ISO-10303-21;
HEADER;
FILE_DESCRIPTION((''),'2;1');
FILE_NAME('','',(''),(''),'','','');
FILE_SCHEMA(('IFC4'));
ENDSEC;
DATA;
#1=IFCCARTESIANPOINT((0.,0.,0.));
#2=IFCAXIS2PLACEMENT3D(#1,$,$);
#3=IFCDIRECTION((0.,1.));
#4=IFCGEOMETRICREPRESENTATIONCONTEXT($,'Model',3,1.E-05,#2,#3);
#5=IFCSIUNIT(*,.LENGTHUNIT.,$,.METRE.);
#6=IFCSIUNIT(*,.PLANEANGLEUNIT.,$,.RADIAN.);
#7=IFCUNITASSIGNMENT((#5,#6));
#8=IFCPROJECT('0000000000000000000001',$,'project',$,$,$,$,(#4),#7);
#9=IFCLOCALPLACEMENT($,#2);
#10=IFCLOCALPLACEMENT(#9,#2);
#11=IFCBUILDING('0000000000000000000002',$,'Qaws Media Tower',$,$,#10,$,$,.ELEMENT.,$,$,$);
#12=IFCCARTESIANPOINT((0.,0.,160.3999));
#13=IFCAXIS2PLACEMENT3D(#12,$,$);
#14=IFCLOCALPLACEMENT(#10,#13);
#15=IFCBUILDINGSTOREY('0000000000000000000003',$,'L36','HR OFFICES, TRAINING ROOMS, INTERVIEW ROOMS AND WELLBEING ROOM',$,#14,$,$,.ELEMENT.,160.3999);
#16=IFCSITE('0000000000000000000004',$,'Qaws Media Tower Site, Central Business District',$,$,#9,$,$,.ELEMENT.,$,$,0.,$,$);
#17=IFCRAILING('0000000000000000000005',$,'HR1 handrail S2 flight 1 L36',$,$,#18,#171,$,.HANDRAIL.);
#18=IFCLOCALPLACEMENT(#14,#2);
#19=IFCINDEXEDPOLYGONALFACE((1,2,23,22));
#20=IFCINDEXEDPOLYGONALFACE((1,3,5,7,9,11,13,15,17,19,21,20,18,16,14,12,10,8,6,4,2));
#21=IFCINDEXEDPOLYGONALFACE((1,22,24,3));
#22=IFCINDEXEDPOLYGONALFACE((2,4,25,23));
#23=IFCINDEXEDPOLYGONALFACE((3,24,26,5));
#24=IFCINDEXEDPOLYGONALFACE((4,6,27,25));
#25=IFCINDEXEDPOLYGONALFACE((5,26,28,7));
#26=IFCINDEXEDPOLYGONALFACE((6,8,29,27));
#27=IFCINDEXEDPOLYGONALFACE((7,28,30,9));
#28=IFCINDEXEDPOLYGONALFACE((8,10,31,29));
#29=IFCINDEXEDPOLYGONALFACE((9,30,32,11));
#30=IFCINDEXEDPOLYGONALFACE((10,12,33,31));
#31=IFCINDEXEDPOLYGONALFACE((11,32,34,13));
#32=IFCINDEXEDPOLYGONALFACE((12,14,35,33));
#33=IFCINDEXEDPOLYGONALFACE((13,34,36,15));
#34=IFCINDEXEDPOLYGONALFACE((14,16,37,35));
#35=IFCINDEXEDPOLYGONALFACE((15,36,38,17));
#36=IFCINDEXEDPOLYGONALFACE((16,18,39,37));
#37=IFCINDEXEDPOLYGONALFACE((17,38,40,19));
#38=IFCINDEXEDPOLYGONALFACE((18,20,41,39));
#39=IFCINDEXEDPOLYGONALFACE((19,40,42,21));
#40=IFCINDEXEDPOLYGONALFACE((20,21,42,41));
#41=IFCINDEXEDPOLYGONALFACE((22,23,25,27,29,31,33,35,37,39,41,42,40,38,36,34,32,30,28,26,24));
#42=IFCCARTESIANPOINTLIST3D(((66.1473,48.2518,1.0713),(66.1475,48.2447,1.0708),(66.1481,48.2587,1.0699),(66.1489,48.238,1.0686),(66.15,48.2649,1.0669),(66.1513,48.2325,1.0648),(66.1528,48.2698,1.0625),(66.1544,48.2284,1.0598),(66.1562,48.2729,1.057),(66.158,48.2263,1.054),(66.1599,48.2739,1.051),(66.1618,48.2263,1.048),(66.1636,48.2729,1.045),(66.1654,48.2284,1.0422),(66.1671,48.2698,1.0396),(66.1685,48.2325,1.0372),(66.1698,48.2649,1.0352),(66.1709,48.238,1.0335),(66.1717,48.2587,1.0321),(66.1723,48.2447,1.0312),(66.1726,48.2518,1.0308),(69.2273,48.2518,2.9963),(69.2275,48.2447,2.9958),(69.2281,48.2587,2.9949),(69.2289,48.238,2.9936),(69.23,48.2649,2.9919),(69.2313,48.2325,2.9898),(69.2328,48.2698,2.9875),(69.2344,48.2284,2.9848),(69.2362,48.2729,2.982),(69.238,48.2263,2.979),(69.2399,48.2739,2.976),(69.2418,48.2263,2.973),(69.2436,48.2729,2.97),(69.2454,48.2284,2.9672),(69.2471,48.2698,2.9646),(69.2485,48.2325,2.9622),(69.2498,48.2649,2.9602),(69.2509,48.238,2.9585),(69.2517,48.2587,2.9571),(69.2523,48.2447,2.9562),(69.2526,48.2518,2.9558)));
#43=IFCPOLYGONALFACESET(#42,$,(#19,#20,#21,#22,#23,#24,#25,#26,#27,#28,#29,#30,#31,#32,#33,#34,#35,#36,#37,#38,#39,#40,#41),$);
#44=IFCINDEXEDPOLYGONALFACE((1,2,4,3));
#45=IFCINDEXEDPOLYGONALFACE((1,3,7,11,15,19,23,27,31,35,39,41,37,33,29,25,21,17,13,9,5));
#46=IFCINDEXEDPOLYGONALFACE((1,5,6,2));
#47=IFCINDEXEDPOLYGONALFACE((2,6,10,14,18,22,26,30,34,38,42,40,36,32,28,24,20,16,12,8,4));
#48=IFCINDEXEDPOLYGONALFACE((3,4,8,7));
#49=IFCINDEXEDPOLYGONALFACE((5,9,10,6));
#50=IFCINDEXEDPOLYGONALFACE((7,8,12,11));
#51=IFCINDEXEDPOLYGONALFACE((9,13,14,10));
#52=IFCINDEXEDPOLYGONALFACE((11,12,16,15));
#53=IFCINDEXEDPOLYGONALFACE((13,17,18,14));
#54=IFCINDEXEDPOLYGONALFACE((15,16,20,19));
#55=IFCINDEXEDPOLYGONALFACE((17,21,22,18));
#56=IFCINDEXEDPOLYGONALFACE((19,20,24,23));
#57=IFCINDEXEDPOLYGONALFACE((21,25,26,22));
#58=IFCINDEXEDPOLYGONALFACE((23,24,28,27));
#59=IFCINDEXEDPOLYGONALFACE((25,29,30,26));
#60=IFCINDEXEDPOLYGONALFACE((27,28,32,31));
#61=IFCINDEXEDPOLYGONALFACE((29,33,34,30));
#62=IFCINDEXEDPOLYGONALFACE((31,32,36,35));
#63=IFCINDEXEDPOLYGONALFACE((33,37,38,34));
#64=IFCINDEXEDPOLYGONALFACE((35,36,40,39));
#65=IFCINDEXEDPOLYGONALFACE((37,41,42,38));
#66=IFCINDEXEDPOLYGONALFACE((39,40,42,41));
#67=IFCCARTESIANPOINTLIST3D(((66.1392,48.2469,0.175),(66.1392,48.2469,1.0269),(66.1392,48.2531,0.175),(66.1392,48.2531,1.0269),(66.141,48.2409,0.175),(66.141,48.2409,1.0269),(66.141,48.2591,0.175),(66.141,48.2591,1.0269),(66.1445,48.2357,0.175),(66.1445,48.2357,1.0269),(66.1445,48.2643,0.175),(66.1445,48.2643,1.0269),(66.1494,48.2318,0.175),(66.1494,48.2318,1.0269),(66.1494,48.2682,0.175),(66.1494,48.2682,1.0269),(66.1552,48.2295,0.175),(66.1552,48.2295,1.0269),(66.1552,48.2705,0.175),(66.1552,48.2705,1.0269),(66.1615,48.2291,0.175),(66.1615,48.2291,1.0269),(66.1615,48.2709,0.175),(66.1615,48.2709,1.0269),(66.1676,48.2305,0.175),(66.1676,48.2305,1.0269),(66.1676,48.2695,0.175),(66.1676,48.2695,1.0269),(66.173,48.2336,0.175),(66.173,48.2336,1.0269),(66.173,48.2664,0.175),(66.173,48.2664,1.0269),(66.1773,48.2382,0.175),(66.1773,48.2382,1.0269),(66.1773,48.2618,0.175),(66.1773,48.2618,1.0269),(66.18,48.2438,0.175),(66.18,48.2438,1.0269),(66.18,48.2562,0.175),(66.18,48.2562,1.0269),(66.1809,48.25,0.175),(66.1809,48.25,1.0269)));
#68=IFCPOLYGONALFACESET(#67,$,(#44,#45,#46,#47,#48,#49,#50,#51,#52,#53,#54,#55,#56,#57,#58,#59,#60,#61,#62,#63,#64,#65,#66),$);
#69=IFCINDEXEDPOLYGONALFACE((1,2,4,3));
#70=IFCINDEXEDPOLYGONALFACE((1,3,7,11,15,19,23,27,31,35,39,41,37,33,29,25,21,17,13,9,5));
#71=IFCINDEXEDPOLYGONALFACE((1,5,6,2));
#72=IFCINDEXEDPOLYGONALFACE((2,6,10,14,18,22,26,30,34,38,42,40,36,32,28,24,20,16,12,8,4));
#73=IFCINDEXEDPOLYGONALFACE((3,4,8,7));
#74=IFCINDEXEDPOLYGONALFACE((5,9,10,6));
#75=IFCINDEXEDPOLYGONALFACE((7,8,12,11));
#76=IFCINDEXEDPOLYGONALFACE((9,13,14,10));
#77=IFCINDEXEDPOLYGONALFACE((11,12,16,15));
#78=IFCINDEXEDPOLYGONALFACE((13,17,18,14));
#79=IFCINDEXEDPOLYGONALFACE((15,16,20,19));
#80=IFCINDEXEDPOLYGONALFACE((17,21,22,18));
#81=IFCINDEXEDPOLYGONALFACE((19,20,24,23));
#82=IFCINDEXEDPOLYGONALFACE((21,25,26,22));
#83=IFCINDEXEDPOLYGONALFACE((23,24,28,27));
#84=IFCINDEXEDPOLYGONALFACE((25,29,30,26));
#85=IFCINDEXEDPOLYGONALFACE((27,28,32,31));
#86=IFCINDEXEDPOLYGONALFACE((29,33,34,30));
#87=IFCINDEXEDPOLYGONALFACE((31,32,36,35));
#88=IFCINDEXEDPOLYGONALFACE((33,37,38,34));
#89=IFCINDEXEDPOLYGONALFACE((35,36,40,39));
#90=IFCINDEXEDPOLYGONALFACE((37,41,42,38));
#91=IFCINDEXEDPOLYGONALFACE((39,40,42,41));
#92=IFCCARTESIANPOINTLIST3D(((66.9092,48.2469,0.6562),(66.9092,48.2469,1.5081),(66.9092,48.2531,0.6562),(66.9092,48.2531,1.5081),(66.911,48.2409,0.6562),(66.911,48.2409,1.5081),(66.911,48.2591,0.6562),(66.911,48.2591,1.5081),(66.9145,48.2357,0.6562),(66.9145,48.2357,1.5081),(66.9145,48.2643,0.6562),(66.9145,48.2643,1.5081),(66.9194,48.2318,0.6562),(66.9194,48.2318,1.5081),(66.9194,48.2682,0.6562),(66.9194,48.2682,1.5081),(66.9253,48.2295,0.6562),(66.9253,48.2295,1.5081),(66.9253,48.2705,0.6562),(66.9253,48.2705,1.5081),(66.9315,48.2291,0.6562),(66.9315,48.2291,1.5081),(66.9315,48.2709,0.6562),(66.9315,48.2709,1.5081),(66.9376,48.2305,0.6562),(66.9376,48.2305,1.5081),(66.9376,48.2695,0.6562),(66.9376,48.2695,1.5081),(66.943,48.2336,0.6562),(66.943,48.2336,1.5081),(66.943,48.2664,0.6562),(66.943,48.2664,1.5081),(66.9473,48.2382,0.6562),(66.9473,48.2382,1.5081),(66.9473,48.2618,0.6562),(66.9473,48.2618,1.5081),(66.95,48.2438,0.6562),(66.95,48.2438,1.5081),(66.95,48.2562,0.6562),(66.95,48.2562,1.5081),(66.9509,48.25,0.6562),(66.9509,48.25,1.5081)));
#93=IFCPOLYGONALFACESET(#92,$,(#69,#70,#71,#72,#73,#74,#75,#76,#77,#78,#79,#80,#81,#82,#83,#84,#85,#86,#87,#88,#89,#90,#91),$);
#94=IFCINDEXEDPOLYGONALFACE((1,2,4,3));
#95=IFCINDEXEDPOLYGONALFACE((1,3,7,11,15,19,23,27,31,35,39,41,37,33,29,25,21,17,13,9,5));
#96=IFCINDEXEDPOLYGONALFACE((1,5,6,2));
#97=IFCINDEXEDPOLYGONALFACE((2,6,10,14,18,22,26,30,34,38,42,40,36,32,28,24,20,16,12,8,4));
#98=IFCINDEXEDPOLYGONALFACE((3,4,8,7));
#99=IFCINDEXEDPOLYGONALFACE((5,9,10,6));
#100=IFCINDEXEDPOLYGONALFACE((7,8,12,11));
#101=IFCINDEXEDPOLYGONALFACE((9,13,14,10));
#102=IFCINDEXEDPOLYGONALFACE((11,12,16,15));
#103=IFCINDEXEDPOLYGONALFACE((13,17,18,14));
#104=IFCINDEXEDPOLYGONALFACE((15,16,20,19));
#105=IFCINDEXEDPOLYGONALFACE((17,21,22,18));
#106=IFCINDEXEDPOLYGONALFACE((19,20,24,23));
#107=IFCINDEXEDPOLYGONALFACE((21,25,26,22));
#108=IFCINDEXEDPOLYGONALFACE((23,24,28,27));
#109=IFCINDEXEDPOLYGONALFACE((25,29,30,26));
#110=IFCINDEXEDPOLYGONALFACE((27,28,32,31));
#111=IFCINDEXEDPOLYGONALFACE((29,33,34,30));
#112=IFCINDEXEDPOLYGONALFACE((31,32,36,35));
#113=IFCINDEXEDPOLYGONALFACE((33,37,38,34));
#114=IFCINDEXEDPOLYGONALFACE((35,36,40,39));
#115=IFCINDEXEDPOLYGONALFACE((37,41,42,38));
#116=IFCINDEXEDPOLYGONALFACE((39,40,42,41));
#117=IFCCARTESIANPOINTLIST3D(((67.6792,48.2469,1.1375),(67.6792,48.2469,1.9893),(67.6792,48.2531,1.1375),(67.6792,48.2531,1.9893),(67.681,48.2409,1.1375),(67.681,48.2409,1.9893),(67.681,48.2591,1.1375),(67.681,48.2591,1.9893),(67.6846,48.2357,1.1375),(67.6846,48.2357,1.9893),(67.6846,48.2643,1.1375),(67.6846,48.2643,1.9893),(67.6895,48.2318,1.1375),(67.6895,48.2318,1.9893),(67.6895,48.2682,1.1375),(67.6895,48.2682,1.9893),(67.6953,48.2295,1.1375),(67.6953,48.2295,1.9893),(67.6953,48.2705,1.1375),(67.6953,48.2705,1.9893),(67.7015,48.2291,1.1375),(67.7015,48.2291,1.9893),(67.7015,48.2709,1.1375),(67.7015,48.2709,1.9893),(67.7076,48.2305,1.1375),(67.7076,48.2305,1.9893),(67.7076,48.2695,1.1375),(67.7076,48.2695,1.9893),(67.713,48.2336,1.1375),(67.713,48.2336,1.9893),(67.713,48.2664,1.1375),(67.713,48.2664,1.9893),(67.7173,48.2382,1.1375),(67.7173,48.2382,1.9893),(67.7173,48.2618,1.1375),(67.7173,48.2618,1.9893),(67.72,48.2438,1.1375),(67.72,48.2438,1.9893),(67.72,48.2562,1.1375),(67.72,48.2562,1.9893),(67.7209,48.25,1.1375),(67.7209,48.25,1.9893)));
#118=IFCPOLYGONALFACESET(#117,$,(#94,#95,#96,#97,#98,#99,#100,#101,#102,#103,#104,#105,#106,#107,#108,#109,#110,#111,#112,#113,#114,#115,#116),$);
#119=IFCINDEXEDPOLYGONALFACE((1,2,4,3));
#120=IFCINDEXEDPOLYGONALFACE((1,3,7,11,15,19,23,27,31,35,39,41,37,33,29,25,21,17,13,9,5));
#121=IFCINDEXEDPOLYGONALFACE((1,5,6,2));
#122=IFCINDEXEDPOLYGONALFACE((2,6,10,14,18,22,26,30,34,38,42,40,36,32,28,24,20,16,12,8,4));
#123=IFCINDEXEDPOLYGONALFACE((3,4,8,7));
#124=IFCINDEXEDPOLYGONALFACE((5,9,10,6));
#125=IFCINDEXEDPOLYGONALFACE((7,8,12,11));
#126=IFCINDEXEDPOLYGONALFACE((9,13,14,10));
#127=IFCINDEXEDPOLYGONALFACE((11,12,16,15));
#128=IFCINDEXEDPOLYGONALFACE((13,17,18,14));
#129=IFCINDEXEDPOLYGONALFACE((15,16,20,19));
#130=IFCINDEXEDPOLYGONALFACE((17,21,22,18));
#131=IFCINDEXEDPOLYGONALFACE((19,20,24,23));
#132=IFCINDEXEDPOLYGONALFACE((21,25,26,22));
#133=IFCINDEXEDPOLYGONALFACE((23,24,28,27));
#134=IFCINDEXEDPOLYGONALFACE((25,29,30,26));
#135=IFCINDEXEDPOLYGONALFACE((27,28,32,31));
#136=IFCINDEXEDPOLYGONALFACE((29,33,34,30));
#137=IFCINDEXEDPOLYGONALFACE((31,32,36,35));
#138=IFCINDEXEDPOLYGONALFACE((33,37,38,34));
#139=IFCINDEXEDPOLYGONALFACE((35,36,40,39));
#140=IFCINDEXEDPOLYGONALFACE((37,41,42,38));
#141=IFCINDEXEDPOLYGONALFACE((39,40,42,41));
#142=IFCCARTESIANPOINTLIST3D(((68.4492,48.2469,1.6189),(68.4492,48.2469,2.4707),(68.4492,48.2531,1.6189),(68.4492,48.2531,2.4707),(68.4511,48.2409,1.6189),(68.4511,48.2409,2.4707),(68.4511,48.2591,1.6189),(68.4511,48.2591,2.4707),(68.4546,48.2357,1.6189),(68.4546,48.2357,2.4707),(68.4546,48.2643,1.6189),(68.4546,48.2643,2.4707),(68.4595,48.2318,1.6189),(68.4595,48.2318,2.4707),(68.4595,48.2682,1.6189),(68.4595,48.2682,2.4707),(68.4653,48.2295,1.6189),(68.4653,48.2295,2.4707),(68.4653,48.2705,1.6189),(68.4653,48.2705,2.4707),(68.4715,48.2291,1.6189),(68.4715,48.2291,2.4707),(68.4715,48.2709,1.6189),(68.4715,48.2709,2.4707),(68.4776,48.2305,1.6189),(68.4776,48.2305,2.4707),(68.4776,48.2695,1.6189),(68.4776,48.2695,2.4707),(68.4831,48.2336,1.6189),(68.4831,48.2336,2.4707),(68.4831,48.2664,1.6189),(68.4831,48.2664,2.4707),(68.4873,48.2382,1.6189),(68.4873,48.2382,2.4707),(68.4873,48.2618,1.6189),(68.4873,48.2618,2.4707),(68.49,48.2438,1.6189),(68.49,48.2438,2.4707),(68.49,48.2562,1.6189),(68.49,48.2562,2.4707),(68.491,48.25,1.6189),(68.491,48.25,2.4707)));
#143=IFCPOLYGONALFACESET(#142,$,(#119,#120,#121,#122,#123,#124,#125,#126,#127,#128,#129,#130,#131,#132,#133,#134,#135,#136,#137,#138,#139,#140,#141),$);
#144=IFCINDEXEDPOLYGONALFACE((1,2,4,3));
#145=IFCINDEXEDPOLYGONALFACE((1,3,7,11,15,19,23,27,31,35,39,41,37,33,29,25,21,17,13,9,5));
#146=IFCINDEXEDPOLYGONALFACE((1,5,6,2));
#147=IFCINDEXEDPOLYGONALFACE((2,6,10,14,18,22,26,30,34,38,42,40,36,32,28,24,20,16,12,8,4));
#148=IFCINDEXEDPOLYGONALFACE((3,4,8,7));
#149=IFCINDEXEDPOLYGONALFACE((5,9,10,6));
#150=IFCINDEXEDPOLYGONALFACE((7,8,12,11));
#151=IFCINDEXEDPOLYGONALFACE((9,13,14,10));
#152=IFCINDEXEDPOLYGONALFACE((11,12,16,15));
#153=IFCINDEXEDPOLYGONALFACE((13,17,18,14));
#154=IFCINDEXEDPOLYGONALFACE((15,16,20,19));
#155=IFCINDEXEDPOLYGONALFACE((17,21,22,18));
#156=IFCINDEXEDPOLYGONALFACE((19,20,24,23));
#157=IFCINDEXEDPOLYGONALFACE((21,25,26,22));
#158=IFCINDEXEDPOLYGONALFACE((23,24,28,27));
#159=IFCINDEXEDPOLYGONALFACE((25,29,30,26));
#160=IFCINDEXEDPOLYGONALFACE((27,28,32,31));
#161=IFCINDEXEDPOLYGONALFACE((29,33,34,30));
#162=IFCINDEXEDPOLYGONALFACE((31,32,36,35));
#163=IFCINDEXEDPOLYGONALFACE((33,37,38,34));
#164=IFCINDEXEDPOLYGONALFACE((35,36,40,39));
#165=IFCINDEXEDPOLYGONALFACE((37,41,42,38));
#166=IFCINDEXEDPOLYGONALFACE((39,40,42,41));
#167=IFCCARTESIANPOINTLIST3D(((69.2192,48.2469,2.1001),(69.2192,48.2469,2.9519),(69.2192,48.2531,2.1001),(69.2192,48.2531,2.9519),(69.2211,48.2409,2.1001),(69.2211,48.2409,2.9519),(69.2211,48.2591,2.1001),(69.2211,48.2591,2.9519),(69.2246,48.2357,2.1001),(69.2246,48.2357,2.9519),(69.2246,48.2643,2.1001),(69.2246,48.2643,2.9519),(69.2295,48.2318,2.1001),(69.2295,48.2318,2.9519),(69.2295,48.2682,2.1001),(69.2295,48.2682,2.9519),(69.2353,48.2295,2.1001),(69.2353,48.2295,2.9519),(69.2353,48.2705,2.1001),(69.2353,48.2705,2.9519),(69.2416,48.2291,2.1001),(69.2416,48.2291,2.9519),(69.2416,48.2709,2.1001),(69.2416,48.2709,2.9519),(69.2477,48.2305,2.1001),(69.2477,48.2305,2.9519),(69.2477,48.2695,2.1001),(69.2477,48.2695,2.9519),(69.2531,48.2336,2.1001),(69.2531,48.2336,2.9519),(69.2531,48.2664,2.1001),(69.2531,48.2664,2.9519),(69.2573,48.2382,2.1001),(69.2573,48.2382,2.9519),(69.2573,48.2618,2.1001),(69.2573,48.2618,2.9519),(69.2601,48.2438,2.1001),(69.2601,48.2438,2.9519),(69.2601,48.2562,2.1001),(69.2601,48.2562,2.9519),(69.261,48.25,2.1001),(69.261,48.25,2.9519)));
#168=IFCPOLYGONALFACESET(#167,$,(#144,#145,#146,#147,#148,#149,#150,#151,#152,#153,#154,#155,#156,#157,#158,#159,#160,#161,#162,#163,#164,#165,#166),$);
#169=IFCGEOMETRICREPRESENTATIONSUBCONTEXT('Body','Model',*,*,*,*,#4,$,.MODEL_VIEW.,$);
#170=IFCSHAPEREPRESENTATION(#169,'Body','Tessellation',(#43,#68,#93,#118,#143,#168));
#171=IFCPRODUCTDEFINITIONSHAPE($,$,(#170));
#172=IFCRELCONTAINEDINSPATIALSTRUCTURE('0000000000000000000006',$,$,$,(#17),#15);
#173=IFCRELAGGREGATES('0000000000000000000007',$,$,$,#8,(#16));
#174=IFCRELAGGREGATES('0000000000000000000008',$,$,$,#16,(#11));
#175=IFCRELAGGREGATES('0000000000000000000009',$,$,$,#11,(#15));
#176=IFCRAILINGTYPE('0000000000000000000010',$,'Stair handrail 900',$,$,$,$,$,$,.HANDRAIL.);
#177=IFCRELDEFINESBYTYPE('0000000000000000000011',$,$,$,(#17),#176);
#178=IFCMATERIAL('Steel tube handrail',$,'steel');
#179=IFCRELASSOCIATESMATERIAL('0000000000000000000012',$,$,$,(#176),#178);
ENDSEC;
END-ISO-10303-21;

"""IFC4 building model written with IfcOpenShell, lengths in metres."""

from ifc_helpers import new_model, si_unit, direction, frame, origin, origin_2d, place, context, subcontext, project, spatial, circle, extrude, material, type_object, element, save


model = new_model("IFC4")

# Units and contexts
model_context = context("Model", 3, precision=1e-05, world=origin(), true_north=direction((0.0, 1.0)))
body_context = subcontext(model_context, "Body", "Model", "MODEL_VIEW")
ifc_project = project(units=[si_unit("LENGTHUNIT", "METRE"), si_unit("PLANEANGLEUNIT", "RADIAN")], contexts=[model_context])

# Site, building, storey
site_placement = place(None, origin())
site = spatial("IfcSite", under=ifc_project, at=site_placement, Name="Qaws Media Tower Site, Central Business District", CompositionType="ELEMENT", RefElevation=0.0)
building_placement = place(site_placement, origin())
building = spatial("IfcBuilding", under=site, at=building_placement, Name="Qaws Media Tower", CompositionType="ELEMENT")
storey_placement = place(building_placement, frame((0.0, 0.0, 160.3999)))
storey = spatial("IfcBuildingStorey", under=building, at=storey_placement, Name="L36", Description="HR OFFICES, TRAINING ROOMS, INTERVIEW ROOMS AND WELLBEING ROOM", CompositionType="ELEMENT", Elevation=160.3999)

# Railing
ifc_material_1 = material(Name="Steel tube handrail", Category="steel")
railing_type = type_object("IfcRailingType", Name="Stair handrail 900", PredefinedType="HANDRAIL", material=ifc_material_1)
for number, where, name in (
    (1, (66.1599, 48.25, 0.175), "HR1 handrail S2 flight 1 L36"),
):
    element("IfcRailing", number, at=place(storey_placement, frame(where)), inside=storey, type_object=railing_type, Name=name, PredefinedType="HANDRAIL", context=body_context, shape_type="SweptSolid", body=[
        extrude(circle(Radius=0.0239, at=origin_2d()), frame((0.0, 0.0, 0.876), z_axis=(0.847998, 0.0, 0.529999), x_axis=(0.0, 1.0, 0.0)), (0.0, 0.0, 1.0), 3.6321),
        extrude(circle(Radius=0.021, at=origin_2d()), origin(), (0.0, 0.0, 1.0), 0.8518),
        extrude(circle(Radius=0.021, at=origin_2d()), frame((0.77, 0.0, 0.4812)), (0.0, 0.0, 1.0), 0.8518),
        extrude(circle(Radius=0.021, at=origin_2d()), frame((1.54, 0.0, 0.9624)), (0.0, 0.0, 1.0), 0.8518),
        extrude(circle(Radius=0.021, at=origin_2d()), frame((2.3101, 0.0, 1.4438)), (0.0, 0.0, 1.0), 0.8518),
        extrude(circle(Radius=0.021, at=origin_2d()), frame((3.0801, 0.0, 1.925)), (0.0, 0.0, 1.0), 0.8518),
    ])

save(model, "model.ifc")
